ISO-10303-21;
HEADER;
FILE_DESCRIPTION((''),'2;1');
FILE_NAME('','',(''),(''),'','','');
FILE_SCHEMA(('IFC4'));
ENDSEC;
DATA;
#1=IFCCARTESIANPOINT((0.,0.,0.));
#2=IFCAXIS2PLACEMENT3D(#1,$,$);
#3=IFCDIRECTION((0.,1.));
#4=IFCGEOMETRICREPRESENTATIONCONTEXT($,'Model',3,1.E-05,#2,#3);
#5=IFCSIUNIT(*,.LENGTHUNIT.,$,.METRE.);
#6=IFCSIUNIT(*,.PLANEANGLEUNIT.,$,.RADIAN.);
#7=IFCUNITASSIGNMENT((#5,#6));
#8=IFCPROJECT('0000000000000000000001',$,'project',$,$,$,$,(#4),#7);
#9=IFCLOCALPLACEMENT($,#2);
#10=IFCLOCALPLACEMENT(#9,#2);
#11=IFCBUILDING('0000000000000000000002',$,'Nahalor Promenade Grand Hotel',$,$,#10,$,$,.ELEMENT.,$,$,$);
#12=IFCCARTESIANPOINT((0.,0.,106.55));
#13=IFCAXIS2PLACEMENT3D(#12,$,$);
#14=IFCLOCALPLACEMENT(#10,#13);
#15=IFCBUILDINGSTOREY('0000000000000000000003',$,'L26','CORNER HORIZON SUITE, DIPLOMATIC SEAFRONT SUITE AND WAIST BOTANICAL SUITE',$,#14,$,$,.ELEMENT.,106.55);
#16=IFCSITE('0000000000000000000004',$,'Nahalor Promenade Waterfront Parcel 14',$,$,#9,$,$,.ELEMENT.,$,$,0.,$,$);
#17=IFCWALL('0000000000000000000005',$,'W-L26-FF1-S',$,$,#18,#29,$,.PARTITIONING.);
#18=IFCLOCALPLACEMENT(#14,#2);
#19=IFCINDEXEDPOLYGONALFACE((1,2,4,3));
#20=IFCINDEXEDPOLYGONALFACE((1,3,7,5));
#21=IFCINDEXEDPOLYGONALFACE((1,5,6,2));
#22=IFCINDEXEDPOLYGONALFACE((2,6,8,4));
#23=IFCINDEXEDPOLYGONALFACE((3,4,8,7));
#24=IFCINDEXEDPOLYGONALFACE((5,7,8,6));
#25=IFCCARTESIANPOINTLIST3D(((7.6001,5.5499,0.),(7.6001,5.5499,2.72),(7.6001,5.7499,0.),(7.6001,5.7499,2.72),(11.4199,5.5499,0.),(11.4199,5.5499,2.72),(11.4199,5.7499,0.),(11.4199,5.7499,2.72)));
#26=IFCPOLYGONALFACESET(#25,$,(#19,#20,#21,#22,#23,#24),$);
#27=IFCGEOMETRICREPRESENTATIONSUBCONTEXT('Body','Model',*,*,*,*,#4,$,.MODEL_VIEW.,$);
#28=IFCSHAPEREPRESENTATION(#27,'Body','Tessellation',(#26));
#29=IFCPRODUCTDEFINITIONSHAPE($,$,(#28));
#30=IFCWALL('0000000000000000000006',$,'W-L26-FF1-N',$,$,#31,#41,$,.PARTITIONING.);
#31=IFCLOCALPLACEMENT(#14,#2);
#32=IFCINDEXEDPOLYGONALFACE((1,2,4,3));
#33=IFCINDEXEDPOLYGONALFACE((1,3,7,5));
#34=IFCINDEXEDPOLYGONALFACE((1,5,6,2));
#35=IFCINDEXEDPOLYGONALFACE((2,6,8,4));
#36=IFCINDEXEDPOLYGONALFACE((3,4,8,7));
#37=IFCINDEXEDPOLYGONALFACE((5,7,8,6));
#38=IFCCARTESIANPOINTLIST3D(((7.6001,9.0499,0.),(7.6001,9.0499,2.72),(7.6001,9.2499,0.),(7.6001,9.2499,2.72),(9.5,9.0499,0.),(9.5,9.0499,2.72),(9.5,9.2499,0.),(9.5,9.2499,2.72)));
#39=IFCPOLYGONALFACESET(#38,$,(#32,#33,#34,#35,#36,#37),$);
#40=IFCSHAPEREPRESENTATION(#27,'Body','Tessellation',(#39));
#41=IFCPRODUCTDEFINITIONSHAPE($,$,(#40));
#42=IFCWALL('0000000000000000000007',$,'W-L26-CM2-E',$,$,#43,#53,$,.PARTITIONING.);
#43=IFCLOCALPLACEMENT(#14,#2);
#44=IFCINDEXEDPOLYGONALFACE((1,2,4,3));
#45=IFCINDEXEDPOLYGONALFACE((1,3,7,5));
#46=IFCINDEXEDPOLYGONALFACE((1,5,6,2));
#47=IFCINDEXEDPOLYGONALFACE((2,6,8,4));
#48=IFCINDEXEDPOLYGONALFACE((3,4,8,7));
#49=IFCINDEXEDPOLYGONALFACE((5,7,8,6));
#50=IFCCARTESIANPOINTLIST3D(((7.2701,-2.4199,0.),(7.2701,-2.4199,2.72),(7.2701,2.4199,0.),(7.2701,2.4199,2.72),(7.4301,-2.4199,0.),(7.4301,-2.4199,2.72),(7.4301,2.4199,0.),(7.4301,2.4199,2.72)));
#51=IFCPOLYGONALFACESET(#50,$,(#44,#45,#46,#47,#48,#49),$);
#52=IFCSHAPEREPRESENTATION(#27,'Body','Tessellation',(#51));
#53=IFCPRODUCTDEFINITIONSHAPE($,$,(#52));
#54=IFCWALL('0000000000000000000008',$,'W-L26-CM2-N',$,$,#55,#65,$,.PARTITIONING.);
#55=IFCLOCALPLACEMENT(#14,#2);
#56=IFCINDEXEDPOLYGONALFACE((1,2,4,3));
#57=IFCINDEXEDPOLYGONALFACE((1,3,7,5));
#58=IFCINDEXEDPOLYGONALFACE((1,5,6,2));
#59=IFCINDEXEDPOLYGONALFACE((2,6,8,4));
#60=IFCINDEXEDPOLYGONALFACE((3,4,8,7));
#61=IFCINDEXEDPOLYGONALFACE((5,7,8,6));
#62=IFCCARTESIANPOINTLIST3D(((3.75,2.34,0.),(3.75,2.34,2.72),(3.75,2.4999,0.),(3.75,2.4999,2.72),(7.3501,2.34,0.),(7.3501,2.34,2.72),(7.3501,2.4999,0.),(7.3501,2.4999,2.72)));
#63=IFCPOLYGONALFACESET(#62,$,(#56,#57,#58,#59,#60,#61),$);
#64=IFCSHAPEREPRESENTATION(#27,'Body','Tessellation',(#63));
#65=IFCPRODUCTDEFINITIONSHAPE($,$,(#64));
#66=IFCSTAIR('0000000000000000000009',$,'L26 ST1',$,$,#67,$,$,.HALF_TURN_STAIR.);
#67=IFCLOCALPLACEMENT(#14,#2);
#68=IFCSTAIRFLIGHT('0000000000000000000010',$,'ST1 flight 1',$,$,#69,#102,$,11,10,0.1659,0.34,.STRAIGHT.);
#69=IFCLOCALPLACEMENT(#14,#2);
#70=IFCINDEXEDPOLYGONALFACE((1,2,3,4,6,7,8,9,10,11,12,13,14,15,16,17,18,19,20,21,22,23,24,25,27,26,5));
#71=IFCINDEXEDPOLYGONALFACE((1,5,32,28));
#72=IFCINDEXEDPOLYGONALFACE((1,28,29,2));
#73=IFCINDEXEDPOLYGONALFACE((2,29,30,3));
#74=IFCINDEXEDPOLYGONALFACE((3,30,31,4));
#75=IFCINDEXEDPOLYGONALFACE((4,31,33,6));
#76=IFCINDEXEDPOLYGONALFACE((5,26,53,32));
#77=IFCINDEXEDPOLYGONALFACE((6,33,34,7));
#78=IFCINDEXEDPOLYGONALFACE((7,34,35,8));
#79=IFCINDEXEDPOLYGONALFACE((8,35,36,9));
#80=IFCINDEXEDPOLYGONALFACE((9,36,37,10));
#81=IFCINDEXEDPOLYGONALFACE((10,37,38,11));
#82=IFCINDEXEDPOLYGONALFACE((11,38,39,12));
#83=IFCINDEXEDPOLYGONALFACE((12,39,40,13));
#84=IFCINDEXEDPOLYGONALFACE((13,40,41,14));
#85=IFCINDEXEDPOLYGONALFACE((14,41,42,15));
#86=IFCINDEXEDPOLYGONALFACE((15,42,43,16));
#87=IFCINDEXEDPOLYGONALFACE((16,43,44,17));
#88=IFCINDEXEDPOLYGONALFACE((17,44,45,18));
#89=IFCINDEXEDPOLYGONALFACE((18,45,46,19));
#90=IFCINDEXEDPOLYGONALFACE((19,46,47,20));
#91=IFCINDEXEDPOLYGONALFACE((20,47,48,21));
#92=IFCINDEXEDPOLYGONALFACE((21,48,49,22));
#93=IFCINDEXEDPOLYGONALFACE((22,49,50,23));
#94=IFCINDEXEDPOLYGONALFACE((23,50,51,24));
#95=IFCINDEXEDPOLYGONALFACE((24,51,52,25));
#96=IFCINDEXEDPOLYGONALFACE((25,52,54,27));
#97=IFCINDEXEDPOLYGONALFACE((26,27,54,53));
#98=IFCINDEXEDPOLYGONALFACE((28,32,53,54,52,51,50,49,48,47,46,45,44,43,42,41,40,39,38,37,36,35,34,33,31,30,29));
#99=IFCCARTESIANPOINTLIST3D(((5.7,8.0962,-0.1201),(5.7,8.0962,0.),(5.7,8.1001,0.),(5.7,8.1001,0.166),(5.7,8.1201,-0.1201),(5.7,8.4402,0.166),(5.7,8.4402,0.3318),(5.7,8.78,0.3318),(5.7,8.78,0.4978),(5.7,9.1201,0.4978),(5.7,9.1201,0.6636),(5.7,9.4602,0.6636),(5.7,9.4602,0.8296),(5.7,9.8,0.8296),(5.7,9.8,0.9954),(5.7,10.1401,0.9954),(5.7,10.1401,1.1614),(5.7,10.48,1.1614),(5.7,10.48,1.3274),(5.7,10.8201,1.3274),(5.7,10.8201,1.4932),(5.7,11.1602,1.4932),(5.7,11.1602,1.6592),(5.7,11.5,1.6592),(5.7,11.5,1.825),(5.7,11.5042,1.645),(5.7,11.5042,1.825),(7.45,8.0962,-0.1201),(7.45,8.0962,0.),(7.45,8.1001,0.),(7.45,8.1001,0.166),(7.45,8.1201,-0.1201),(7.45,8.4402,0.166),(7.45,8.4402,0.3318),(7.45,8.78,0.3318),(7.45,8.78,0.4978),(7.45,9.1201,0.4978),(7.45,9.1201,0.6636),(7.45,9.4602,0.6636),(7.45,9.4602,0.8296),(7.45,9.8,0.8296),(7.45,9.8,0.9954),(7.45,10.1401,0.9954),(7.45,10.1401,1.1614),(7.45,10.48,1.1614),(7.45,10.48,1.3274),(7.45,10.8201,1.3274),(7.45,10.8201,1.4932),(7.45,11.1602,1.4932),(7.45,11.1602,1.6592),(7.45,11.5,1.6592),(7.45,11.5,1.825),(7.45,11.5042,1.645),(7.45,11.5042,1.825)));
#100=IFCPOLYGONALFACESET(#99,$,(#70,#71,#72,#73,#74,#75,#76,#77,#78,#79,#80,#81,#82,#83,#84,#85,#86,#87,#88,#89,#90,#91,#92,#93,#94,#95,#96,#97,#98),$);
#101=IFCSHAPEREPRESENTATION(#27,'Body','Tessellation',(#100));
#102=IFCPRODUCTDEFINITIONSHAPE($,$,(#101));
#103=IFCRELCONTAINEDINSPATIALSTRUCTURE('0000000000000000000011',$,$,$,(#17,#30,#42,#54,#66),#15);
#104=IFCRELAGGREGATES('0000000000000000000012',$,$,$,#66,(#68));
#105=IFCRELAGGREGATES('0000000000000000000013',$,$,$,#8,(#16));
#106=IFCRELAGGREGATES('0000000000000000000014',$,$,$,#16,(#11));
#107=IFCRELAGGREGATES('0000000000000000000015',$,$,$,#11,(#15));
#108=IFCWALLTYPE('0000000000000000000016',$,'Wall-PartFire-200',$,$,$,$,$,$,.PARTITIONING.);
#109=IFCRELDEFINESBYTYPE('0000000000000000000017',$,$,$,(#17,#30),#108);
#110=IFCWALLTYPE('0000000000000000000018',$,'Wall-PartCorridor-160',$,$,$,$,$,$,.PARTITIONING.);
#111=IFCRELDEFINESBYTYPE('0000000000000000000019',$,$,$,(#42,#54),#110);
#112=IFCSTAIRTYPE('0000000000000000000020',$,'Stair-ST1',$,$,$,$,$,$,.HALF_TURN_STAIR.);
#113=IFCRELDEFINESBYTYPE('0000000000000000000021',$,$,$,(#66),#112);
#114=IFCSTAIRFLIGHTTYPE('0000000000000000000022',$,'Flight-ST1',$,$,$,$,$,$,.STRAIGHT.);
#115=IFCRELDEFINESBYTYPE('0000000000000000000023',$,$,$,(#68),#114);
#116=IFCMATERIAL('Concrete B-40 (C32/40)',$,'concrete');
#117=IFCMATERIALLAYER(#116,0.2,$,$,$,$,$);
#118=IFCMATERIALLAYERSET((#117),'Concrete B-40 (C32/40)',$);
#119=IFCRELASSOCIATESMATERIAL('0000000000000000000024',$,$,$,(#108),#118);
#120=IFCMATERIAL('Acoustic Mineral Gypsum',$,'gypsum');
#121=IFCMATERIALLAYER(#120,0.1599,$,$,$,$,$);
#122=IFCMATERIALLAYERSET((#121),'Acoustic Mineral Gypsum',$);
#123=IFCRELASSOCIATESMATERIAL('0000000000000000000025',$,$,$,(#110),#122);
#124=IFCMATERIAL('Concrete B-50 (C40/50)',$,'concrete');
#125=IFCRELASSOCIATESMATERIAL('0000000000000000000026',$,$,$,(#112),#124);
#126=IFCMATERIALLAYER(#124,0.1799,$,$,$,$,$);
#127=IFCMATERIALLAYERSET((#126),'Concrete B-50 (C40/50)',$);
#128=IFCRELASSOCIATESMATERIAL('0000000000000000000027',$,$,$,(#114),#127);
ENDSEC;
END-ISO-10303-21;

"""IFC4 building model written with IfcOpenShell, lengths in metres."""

from ifc_helpers import new_model, si_unit, direction, frame, frame_2d, origin, place, context, subcontext, project, spatial, polyline, rectangle, outline, extrude, source, transform, mapped, material, layer, layer_set, type_object, element, aggregate, save


model = new_model("IFC4")

# Units and contexts
model_context = context("Model", 3, precision=1e-05, world=origin(), true_north=direction((0.0, 1.0)))
body_context = subcontext(model_context, "Body", "Model", "MODEL_VIEW")
ifc_project = project(units=[si_unit("LENGTHUNIT", "METRE"), si_unit("PLANEANGLEUNIT", "RADIAN")], contexts=[model_context])

# Site, building, storey
site_placement = place(None, origin())
site = spatial("IfcSite", under=ifc_project, at=site_placement, Name="Nahalor Promenade Waterfront Parcel 14", CompositionType="ELEMENT", RefElevation=0.0)
building_placement = place(site_placement, origin())
building = spatial("IfcBuilding", under=site, at=building_placement, Name="Nahalor Promenade Grand Hotel", CompositionType="ELEMENT")
storey_placement = place(building_placement, frame((0.0, 0.0, 106.55)))
storey = spatial("IfcBuildingStorey", under=building, at=storey_placement, Name="L26", Description="CORNER HORIZON SUITE, DIPLOMATIC SEAFRONT SUITE AND WAIST BOTANICAL SUITE", CompositionType="ELEMENT", Elevation=106.55)

# Shared definitions
ifc_material_1 = material(Name="Concrete B-50 (C40/50)", Category="concrete")

# Walls
ifc_material_2 = material(Name="Concrete B-40 (C32/40)", Category="concrete")
ifc_layer_1 = layer(ifc_material_2, 0.2)
ifc_layer_set_1 = layer_set([ifc_layer_1], Name="Concrete B-40 (C32/40)")
wall_type_1 = type_object("IfcWallType", Name="Wall-PartFire-200", PredefinedType="PARTITIONING", material=ifc_layer_set_1)
shared_shape_1 = source(origin(), body_context, "Body", "SweptSolid", [
    extrude(rectangle(XDim=3.8198, YDim=0.2, at=frame_2d((1.9099, 0.0))), origin(), (0.0, 0.0, 1.0), 2.72),
])
wall_1_placement = place(storey_placement, frame((7.6001, 5.6499, 0.0), z_axis=(0.0, 0.0, 1.0), x_axis=(1.0, 0.0, 0.0)))
element("IfcWall", 1, at=wall_1_placement, inside=storey, type_object=wall_type_1, Name="W-L26-FF1-S", PredefinedType="PARTITIONING", context=body_context, shape_type="MappedRepresentation", body=[
    mapped(shared_shape_1, transform((0.0, 0.0, 0.0), scale=1.0)),
])
shared_shape_2 = source(origin(), body_context, "Body", "SweptSolid", [
    extrude(rectangle(XDim=1.8999, YDim=0.2, at=frame_2d((0.95, 0.0))), origin(), (0.0, 0.0, 1.0), 2.72),
])
wall_2_placement = place(storey_placement, frame((7.6001, 9.1499, 0.0), z_axis=(0.0, 0.0, 1.0), x_axis=(1.0, 0.0, 0.0)))
element("IfcWall", 2, at=wall_2_placement, inside=storey, type_object=wall_type_1, Name="W-L26-FF1-N", PredefinedType="PARTITIONING", context=body_context, shape_type="MappedRepresentation", body=[
    mapped(shared_shape_2, transform((0.0, 0.0, 0.0), scale=1.0)),
])

# Walls
ifc_material_3 = material(Name="Acoustic Mineral Gypsum", Category="gypsum")
ifc_layer_2 = layer(ifc_material_3, 0.1599)
ifc_layer_set_2 = layer_set([ifc_layer_2], Name="Acoustic Mineral Gypsum")
wall_type_2 = type_object("IfcWallType", Name="Wall-PartCorridor-160", PredefinedType="PARTITIONING", material=ifc_layer_set_2)
shared_shape_3 = source(origin(), body_context, "Body", "SweptSolid", [
    extrude(rectangle(XDim=4.8398, YDim=0.1599, at=frame_2d((2.4199, 0.0))), origin(), (0.0, 0.0, 1.0), 2.72),
])
wall_3_placement = place(storey_placement, frame((7.3501, -2.4199, 0.0), z_axis=(0.0, 0.0, 1.0), x_axis=(0.0, 1.0, 0.0)))
element("IfcWall", 3, at=wall_3_placement, inside=storey, type_object=wall_type_2, Name="W-L26-CM2-E", PredefinedType="PARTITIONING", context=body_context, shape_type="MappedRepresentation", body=[
    mapped(shared_shape_3, transform((0.0, 0.0, 0.0), scale=1.0)),
])
shared_shape_4 = source(origin(), body_context, "Body", "SweptSolid", [
    extrude(rectangle(XDim=3.6001, YDim=0.1599, at=frame_2d((1.8, 0.0))), origin(), (0.0, 0.0, 1.0), 2.72),
])
wall_4_placement = place(storey_placement, frame((3.75, 2.4199, 0.0), z_axis=(0.0, 0.0, 1.0), x_axis=(1.0, 0.0, 0.0)))
element("IfcWall", 4, at=wall_4_placement, inside=storey, type_object=wall_type_2, Name="W-L26-CM2-N", PredefinedType="PARTITIONING", context=body_context, shape_type="MappedRepresentation", body=[
    mapped(shared_shape_4, transform((0.0, 0.0, 0.0), scale=1.0)),
])

# Stair, stair flight
stair_type = type_object("IfcStairType", Name="Stair-ST1", PredefinedType="HALF_TURN_STAIR", material=ifc_material_1)
stair_placement = place(storey_placement, origin())
stair = element("IfcStair", 5, at=stair_placement, inside=storey, type_object=stair_type, Name="L26 ST1", PredefinedType="HALF_TURN_STAIR")
ifc_layer_3 = layer(ifc_material_1, 0.1799)
ifc_layer_set_3 = layer_set([ifc_layer_3], Name="Concrete B-50 (C40/50)")
stair_flight_type = type_object("IfcStairFlightType", Name="Flight-ST1", PredefinedType="STRAIGHT", material=ifc_layer_set_3)
shared_shape_5 = source(origin(), body_context, "Body", "SweptSolid", [
    extrude(outline(polyline([(-0.0039, -0.1201), (-0.0039, 0.0), (0.0, 0.0), (0.0, 0.166), (0.3401, 0.166), (0.3401, 0.3318), (0.6799, 0.3318), (0.6799, 0.4978), (1.02, 0.4978), (1.02, 0.6636), (1.3601, 0.6636), (1.3601, 0.8296), (1.7, 0.8296), (1.7, 0.9954), (2.04, 0.9954), (2.04, 1.1614), (2.3799, 1.1614), (2.3799, 1.3274), (2.72, 1.3274), (2.72, 1.4932), (3.0601, 1.4932), (3.0601, 1.6592), (3.3999, 1.6592), (3.3999, 1.825), (3.4041, 1.825), (3.4041, 1.645), (0.02, -0.1201), (-0.0039, -0.1201)])), frame((0.0, 0.875, 0.0), z_axis=(0.0, -1.0, 0.0), x_axis=(1.0, 0.0, 0.0)), (0.0, 0.0, 1.0), 1.75),
])
stair_flight_placement = place(storey_placement, frame((6.575, 8.1001, 0.0), z_axis=(0.0, 0.0, 1.0), x_axis=(0.0, 1.0, 0.0)))
stair_flight = element("IfcStairFlight", 6, at=stair_flight_placement, type_object=stair_flight_type, Name="ST1 flight 1", NumberOfRisers=11, NumberOfTreads=10, PredefinedType="STRAIGHT", RiserHeight=0.1659, TreadLength=0.34, context=body_context, shape_type="MappedRepresentation", body=[
    mapped(shared_shape_5, transform((0.0, 0.0, 0.0), scale=1.0)),
])
aggregate(stair, [stair_flight])

save(model, "model.ifc")
